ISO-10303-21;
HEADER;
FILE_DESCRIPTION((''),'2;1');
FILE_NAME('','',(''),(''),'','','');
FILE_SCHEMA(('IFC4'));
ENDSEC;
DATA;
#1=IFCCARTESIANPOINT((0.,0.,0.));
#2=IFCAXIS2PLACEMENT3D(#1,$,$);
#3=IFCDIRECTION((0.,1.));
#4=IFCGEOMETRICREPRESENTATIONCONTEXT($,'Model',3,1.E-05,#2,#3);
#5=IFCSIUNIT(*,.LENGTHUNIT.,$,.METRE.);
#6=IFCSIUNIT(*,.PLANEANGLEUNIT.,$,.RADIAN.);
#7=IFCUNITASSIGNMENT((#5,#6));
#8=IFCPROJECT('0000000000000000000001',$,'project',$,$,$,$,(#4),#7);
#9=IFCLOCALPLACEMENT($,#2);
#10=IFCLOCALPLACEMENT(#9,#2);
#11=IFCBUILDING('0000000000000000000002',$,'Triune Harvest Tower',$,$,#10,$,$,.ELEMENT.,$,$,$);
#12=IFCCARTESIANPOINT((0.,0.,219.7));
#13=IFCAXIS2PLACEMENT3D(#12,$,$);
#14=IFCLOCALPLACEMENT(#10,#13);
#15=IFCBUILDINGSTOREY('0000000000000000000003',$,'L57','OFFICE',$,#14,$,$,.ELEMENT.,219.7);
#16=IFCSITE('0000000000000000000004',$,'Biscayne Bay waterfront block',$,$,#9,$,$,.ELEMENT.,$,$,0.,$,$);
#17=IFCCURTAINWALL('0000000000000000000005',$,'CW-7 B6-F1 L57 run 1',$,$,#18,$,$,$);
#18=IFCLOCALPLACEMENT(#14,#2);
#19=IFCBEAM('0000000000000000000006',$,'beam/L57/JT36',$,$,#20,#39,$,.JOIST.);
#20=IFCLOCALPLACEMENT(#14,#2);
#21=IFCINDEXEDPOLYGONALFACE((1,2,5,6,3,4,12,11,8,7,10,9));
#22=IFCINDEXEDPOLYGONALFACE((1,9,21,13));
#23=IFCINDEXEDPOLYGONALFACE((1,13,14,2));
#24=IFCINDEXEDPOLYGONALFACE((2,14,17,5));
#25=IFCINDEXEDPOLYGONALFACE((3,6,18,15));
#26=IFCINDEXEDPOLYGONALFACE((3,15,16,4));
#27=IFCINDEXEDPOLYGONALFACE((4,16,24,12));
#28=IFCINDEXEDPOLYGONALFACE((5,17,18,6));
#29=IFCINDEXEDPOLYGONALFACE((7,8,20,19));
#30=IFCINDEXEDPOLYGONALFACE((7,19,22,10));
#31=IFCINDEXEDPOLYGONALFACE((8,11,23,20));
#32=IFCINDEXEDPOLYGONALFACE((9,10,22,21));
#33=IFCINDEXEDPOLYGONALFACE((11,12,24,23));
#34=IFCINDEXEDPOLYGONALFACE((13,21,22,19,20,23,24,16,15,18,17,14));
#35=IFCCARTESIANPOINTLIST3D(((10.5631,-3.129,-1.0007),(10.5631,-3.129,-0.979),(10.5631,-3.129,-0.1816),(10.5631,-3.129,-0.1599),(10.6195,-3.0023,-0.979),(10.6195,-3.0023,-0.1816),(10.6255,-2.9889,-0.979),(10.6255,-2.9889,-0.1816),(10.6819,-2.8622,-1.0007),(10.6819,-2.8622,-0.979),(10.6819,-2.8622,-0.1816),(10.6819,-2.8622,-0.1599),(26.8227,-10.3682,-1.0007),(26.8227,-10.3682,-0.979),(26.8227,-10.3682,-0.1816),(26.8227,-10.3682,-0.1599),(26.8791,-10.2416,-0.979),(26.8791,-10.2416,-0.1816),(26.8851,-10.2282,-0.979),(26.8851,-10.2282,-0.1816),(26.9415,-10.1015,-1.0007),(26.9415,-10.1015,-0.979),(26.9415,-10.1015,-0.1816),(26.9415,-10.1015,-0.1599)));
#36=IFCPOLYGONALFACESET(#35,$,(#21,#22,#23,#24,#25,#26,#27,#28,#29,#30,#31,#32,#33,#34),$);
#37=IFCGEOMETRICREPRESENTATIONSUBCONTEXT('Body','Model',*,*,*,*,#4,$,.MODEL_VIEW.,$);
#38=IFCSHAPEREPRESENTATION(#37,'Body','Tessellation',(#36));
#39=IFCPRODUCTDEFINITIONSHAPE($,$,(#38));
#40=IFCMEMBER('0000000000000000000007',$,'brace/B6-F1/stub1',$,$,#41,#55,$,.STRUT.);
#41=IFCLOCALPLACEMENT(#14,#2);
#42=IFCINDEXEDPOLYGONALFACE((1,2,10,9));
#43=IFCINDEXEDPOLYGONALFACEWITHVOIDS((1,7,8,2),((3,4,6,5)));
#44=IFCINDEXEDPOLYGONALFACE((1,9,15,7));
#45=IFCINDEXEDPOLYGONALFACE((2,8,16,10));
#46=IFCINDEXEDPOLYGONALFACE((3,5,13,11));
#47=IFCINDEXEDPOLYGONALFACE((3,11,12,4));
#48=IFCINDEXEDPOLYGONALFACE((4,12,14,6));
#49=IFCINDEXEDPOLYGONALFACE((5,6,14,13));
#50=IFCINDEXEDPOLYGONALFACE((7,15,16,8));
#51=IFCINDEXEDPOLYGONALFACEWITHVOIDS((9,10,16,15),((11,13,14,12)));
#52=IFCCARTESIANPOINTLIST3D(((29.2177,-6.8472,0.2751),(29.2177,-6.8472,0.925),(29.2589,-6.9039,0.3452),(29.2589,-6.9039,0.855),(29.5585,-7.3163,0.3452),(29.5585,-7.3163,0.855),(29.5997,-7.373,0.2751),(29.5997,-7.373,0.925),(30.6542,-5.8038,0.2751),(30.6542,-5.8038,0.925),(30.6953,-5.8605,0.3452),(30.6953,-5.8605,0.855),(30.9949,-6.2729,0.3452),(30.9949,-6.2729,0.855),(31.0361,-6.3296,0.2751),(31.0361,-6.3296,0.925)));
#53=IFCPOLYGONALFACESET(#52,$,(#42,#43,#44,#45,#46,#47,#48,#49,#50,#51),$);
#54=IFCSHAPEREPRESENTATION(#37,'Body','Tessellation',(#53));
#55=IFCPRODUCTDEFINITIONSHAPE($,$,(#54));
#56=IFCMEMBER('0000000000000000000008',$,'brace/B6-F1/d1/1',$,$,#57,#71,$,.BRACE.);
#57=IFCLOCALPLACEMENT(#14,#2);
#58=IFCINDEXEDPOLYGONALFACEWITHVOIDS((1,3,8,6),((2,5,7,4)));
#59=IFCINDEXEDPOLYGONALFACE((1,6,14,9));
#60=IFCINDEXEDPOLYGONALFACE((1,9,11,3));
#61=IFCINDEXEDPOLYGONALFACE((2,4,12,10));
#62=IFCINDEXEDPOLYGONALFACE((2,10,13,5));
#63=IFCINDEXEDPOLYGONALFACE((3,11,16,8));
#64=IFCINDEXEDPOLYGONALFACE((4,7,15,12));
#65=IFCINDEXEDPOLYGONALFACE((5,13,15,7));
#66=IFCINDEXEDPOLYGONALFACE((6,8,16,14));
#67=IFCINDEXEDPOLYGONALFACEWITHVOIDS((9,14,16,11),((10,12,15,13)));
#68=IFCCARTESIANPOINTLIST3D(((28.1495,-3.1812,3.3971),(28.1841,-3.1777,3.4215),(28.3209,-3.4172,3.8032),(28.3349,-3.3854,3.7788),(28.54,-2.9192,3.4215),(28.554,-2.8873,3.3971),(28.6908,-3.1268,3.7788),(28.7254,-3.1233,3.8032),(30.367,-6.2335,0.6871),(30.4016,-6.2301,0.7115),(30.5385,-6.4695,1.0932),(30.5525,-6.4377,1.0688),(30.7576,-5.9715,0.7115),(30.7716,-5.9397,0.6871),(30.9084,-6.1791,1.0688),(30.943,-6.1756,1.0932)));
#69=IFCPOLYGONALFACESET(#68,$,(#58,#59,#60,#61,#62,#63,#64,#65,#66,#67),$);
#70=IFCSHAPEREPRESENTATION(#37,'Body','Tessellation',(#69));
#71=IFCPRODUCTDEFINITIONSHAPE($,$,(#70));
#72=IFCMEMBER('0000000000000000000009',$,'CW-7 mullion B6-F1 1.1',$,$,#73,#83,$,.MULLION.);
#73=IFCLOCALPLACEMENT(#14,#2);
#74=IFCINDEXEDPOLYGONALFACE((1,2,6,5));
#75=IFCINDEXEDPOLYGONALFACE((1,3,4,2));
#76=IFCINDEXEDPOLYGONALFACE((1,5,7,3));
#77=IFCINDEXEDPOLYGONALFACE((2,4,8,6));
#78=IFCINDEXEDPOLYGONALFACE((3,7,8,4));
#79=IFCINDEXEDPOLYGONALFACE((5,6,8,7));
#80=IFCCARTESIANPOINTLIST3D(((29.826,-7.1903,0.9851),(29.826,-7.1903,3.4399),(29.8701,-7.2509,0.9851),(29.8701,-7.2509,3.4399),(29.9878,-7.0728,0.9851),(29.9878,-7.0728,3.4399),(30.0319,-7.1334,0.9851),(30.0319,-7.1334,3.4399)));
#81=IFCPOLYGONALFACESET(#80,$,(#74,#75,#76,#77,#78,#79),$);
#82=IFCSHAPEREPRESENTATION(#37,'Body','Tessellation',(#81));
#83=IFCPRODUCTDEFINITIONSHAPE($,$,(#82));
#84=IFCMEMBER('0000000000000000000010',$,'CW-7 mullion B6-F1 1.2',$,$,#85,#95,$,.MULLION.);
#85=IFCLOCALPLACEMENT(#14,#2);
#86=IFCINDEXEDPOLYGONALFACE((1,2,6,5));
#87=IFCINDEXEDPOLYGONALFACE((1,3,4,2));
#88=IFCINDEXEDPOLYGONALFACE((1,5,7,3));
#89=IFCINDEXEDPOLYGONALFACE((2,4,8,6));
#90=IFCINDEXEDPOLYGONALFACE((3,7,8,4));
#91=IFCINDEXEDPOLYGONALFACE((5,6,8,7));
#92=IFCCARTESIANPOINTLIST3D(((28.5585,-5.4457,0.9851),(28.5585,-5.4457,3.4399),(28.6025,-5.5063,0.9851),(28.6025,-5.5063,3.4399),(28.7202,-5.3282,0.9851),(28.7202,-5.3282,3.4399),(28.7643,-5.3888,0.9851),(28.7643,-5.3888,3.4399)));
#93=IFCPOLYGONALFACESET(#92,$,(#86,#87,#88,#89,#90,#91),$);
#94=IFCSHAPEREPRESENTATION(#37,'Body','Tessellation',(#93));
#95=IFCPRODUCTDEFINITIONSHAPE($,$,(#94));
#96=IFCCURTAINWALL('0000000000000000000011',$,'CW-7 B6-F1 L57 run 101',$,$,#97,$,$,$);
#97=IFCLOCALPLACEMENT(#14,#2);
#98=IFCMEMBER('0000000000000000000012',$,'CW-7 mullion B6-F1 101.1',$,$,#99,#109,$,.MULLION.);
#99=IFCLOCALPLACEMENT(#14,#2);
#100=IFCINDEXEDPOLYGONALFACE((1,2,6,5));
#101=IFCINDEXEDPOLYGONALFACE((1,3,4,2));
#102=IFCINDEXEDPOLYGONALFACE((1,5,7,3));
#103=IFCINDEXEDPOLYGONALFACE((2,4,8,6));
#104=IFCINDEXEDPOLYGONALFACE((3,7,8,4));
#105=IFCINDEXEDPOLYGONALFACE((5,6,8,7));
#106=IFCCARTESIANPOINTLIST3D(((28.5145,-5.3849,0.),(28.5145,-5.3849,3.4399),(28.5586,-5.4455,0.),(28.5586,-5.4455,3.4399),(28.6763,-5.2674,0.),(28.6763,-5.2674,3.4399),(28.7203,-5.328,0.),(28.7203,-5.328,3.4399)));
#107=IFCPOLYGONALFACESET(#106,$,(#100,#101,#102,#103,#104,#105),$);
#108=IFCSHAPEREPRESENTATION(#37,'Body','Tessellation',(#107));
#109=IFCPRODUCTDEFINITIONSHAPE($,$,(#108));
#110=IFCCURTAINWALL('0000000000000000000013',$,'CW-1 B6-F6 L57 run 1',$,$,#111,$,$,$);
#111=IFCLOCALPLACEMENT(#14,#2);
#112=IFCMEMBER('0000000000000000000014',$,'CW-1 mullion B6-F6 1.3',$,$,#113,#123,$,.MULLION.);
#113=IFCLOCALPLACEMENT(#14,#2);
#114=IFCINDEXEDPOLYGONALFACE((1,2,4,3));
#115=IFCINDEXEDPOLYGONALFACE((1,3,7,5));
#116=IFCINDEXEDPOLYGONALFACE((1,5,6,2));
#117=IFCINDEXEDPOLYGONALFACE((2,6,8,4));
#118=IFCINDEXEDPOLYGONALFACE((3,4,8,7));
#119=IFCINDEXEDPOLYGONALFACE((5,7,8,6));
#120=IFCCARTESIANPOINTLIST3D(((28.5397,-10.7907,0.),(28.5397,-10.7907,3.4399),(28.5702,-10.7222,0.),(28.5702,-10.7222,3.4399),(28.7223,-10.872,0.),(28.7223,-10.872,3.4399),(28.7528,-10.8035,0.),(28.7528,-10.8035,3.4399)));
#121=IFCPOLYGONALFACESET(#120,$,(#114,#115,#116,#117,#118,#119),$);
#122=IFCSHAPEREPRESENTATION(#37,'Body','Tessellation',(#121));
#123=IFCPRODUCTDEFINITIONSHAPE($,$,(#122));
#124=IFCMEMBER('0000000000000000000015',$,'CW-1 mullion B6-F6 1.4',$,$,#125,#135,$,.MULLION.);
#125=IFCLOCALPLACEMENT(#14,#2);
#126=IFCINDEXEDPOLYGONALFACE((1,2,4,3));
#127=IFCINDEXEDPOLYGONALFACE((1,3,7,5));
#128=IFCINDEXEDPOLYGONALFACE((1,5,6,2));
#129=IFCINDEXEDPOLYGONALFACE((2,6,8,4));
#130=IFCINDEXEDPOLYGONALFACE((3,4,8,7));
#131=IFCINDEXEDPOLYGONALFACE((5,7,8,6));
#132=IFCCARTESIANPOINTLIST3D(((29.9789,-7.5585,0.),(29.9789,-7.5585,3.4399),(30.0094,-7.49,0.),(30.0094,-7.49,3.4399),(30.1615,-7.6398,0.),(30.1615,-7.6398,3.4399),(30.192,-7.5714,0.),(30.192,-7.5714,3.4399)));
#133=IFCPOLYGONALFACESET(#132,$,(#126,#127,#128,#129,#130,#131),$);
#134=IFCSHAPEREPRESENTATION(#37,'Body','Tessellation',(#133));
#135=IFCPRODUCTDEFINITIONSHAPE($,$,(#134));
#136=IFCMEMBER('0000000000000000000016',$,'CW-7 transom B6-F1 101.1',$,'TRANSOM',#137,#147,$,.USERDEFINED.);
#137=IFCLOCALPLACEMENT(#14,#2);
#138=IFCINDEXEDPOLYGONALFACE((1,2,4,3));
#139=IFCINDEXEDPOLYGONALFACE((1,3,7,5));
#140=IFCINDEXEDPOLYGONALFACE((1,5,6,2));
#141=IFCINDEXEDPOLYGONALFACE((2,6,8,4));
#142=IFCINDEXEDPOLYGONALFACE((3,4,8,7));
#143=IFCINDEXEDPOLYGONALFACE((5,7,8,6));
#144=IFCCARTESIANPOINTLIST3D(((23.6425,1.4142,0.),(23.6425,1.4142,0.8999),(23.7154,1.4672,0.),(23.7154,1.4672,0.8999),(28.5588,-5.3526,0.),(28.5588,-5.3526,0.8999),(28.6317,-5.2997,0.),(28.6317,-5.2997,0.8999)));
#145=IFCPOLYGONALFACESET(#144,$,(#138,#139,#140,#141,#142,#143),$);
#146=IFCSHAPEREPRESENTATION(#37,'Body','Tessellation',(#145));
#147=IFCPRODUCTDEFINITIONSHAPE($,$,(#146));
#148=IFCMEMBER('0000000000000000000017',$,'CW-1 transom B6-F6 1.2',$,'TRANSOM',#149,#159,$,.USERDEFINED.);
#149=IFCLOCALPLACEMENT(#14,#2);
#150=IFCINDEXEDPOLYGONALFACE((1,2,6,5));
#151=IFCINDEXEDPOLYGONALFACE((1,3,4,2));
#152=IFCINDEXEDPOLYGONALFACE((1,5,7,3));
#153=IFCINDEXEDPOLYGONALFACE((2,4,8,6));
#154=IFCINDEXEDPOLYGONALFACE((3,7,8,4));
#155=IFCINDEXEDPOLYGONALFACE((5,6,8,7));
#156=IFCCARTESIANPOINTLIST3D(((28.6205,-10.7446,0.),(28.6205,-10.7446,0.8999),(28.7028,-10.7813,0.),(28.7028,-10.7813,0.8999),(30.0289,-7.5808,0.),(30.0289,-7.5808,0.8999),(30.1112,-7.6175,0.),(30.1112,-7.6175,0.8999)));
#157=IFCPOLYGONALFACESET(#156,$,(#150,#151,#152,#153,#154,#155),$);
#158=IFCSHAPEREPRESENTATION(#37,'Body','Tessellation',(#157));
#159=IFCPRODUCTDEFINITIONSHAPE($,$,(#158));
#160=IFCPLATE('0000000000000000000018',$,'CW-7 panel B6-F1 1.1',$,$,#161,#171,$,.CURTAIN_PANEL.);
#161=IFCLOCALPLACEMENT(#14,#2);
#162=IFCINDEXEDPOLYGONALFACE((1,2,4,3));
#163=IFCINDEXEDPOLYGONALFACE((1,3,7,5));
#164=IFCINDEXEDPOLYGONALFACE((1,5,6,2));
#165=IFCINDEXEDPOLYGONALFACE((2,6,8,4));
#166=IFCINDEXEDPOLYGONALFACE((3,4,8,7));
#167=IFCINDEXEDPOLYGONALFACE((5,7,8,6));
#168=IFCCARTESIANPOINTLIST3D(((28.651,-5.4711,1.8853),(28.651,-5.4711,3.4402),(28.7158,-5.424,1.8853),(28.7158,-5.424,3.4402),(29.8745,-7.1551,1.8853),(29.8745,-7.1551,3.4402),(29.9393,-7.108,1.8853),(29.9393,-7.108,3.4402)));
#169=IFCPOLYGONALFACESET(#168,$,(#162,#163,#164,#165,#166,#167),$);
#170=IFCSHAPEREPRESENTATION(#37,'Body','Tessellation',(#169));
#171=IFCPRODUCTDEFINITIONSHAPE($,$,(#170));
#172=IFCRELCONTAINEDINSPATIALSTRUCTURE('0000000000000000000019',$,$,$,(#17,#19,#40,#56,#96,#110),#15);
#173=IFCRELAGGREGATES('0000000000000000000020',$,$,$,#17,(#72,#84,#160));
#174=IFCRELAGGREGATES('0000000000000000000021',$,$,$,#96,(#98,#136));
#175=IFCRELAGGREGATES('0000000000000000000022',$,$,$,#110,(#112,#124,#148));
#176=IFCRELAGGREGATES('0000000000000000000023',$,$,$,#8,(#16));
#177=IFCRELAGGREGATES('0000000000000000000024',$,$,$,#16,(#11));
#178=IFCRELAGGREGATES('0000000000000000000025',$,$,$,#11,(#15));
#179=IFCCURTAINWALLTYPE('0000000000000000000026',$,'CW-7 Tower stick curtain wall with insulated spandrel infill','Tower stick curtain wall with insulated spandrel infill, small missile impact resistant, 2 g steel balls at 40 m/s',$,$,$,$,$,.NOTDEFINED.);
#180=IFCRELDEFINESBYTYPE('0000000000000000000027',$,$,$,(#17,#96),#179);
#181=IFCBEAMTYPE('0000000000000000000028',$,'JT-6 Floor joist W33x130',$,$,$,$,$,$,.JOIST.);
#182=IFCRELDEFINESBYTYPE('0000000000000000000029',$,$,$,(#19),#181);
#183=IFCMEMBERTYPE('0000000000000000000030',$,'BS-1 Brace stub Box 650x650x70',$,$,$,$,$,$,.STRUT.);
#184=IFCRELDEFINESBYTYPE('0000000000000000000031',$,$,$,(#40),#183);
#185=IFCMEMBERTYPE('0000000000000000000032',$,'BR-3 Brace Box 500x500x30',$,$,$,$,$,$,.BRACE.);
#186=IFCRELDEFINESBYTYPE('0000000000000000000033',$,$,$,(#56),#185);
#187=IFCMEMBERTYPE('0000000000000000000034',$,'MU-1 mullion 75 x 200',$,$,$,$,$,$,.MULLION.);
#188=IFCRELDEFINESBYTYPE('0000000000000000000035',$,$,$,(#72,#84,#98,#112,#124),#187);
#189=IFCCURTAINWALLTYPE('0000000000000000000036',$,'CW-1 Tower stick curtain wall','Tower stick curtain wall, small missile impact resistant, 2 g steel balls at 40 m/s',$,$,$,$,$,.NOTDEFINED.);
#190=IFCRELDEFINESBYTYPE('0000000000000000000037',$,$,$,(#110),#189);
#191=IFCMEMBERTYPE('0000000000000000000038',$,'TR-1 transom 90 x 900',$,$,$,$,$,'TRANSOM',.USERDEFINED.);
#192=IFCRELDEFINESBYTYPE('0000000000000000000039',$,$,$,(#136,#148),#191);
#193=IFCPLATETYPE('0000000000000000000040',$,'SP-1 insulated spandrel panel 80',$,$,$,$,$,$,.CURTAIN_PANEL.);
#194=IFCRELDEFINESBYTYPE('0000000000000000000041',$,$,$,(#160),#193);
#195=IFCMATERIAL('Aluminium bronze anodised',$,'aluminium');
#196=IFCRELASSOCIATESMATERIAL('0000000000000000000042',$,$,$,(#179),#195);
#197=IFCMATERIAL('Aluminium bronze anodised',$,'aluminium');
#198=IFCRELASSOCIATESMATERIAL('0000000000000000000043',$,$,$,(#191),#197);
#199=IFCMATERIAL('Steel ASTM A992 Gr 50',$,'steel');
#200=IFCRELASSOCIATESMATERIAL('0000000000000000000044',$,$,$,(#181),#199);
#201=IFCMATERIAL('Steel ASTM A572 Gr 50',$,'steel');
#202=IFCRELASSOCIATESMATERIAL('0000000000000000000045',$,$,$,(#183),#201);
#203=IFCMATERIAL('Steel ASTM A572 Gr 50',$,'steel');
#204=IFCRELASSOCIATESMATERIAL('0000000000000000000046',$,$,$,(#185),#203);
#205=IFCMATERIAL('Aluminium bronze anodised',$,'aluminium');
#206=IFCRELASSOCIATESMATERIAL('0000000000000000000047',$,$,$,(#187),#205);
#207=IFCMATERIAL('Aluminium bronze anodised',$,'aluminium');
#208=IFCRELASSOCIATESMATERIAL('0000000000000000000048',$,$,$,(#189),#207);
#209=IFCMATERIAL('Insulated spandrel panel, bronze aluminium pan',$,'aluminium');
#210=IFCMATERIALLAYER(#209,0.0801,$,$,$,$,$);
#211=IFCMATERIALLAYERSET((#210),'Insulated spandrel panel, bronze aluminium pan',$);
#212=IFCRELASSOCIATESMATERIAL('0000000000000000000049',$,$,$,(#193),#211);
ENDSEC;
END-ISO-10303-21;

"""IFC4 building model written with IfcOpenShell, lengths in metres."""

from ifc_helpers import new_model, si_unit, direction, frame, origin, origin_2d, place, context, subcontext, project, spatial, rectangle, hollow_rectangle, i_section, extrude, source, transform, mapped, material, layer, layer_set, material_profile, profile_set, type_object, element, aggregate, save


model = new_model("IFC4")

# Units and contexts
model_context = context("Model", 3, precision=1e-05, world=origin(), true_north=direction((0.0, 1.0)))
body_context = subcontext(model_context, "Body", "Model", "MODEL_VIEW")
ifc_project = project(units=[si_unit("LENGTHUNIT", "METRE"), si_unit("PLANEANGLEUNIT", "RADIAN")], contexts=[model_context])

# Site, building, storey
site_placement = place(None, origin())
site = spatial("IfcSite", under=ifc_project, at=site_placement, Name="Biscayne Bay waterfront block", CompositionType="ELEMENT", RefElevation=0.0)
building_placement = place(site_placement, origin())
building = spatial("IfcBuilding", under=site, at=building_placement, Name="Triune Harvest Tower", CompositionType="ELEMENT")
storey_placement = place(building_placement, frame((0.0, 0.0, 219.7)))
storey = spatial("IfcBuildingStorey", under=building, at=storey_placement, Name="L57", Description="OFFICE", CompositionType="ELEMENT", Elevation=219.7)

# Curtain wall
ifc_material_1 = material(Name="Aluminium bronze anodised", Category="aluminium")
curtain_wall_type_1 = type_object("IfcCurtainWallType", Name="CW-7 Tower stick curtain wall with insulated spandrel infill", Description="Tower stick curtain wall with insulated spandrel infill, small missile impact resistant, 2 g steel balls at 40 m/s", PredefinedType="NOTDEFINED", material=ifc_material_1)
curtain_wall_1_placement = place(storey_placement, origin())
curtain_wall_1 = element("IfcCurtainWall", 1, at=curtain_wall_1_placement, inside=storey, type_object=curtain_wall_type_1, Name="CW-7 B6-F1 L57 run 1")
ifc_material_2 = material(Name="Aluminium bronze anodised", Category="aluminium")
ifc_material_profile_1 = material_profile(ifc_material_2, rectangle(XDim=0.0901, YDim=0.8999, at=origin_2d()), Name="TR-1 transom 90 x 900")
ifc_profile_set_1 = profile_set([ifc_material_profile_1], Name="Aluminium bronze anodised")
member_type_1 = type_object("IfcMemberType", Name="TR-1 transom 90 x 900", ElementType="TRANSOM", PredefinedType="USERDEFINED", material=ifc_profile_set_1)

# Beam
ifc_material_3 = material(Name="Steel ASTM A992 Gr 50", Category="steel")
ifc_material_profile_2 = material_profile(ifc_material_3, i_section(OverallWidth=0.292, OverallDepth=0.8408, WebThickness=0.0146, FlangeThickness=0.0217, at=origin_2d()), Name="W33x130")
ifc_profile_set_2 = profile_set([ifc_material_profile_2], Name="Steel ASTM A992 Gr 50")
beam_type_1 = type_object("IfcBeamType", Name="JT-6 Floor joist W33x130", PredefinedType="JOIST", material=ifc_profile_set_2)
shared_shape_1 = source(origin(), body_context, "Body", "SweptSolid", [
    extrude(i_section(OverallWidth=0.292, OverallDepth=0.8408, WebThickness=0.0146, FlangeThickness=0.0217, at=origin_2d()), origin(), (0.0, 0.0, 1.0), 17.7983),
])
beam_1_placement = place(storey_placement, frame((26.8821, -10.2349, -0.5803), z_axis=(-0.913544, 0.406739, 0.0), x_axis=(-0.406739, -0.913544, 0.0)))
element("IfcBeam", 2, at=beam_1_placement, inside=storey, type_object=beam_type_1, Name="beam/L57/JT36", PredefinedType="JOIST", context=body_context, shape_type="MappedRepresentation", body=[
    mapped(shared_shape_1, transform((0.0, 0.0, 0.0), scale=1.0)),
])

# Members
ifc_material_4 = material(Name="Steel ASTM A572 Gr 50", Category="steel")
ifc_material_profile_3 = material_profile(ifc_material_4, hollow_rectangle(XDim=0.6499, YDim=0.6499, WallThickness=0.0701, at=origin_2d()), Name="Box 650x650x70")
ifc_profile_set_3 = profile_set([ifc_material_profile_3], Name="Steel ASTM A572 Gr 50")
member_type_2 = type_object("IfcMemberType", Name="BS-1 Brace stub Box 650x650x70", PredefinedType="STRUT", material=ifc_profile_set_3)
shared_shape_2 = source(origin(), body_context, "Body", "SweptSolid", [
    extrude(hollow_rectangle(XDim=0.6499, YDim=0.6499, WallThickness=0.0701, at=origin_2d()), origin(), (0.0, 0.0, 1.0), 1.7754),
])
member_1_placement = place(storey_placement, frame((29.4087, -7.1101, 0.6001), z_axis=(0.809081, 0.587697, 0.0), x_axis=(-0.587697, 0.809081, 0.0)))
element("IfcMember", 3, at=member_1_placement, inside=storey, type_object=member_type_2, Name="brace/B6-F1/stub1", PredefinedType="STRUT", context=body_context, shape_type="MappedRepresentation", body=[
    mapped(shared_shape_2, transform((0.0, 0.0, 0.0), scale=1.0)),
])
ifc_material_5 = material(Name="Steel ASTM A572 Gr 50", Category="steel")
ifc_material_profile_4 = material_profile(ifc_material_5, hollow_rectangle(XDim=0.5, YDim=0.5, WallThickness=0.03, at=origin_2d()), Name="Box 500x500x30")
ifc_profile_set_4 = profile_set([ifc_material_profile_4], Name="Steel ASTM A572 Gr 50")
member_type_3 = type_object("IfcMemberType", Name="BR-3 Brace Box 500x500x30", PredefinedType="BRACE", material=ifc_profile_set_4)
shared_shape_3 = source(origin(), body_context, "Body", "SweptSolid", [
    extrude(hollow_rectangle(XDim=0.5, YDim=0.5, WallThickness=0.03, at=origin_2d()), origin(), (0.0, 0.0, 1.0), 4.6453),
])
member_2_placement = place(storey_placement, frame((30.655, -6.2046, 0.8901), z_axis=(-0.477385, 0.657081, 0.583394), x_axis=(-0.809024, -0.587775, 0.0)))
element("IfcMember", 4, at=member_2_placement, inside=storey, type_object=member_type_3, Name="brace/B6-F1/d1/1", PredefinedType="BRACE", context=body_context, shape_type="MappedRepresentation", body=[
    mapped(shared_shape_3, transform((0.0, 0.0, 0.0), scale=1.0)),
])

# Members
ifc_material_6 = material(Name="Aluminium bronze anodised", Category="aluminium")
ifc_material_profile_5 = material_profile(ifc_material_6, rectangle(XDim=0.2, YDim=0.075, at=origin_2d()), Name="MU-1 mullion 75 x 200")
ifc_profile_set_5 = profile_set([ifc_material_profile_5], Name="Aluminium bronze anodised")
member_type_4 = type_object("IfcMemberType", Name="MU-1 mullion 75 x 200", PredefinedType="MULLION", material=ifc_profile_set_5)
shared_shape_4 = source(origin(), body_context, "Body", "SweptSolid", [
    extrude(rectangle(XDim=0.2, YDim=0.075, at=origin_2d()), origin(), (0.0, 0.0, 1.0), 2.4548),
])
member_3_placement = place(storey_placement, frame((29.929, -7.1619, 0.9851), z_axis=(0.0, 0.0, 1.0), x_axis=(-0.809001, -0.587807, 0.0)))
member_3 = element("IfcMember", 5, at=member_3_placement, type_object=member_type_4, Name="CW-7 mullion B6-F1 1.1", PredefinedType="MULLION", context=body_context, shape_type="MappedRepresentation", body=[
    mapped(shared_shape_4, transform((0.0, 0.0, 0.0), scale=1.0)),
])
member_4_placement = place(storey_placement, frame((28.6614, -5.4172, 0.9851), z_axis=(0.0, 0.0, 1.0), x_axis=(-0.809001, -0.587807, 0.0)))
member_4 = element("IfcMember", 6, at=member_4_placement, type_object=member_type_4, Name="CW-7 mullion B6-F1 1.2", PredefinedType="MULLION", context=body_context, shape_type="MappedRepresentation", body=[
    mapped(shared_shape_4, transform((0.0, 0.0, 0.0), scale=1.0)),
])

# Curtain wall, member
curtain_wall_2_placement = place(storey_placement, origin())
curtain_wall_2 = element("IfcCurtainWall", 7, at=curtain_wall_2_placement, inside=storey, type_object=curtain_wall_type_1, Name="CW-7 B6-F1 L57 run 101")
shared_shape_5 = source(origin(), body_context, "Body", "SweptSolid", [
    extrude(rectangle(XDim=0.2, YDim=0.075, at=origin_2d()), origin(), (0.0, 0.0, 1.0), 3.4399),
])
member_5_placement = place(storey_placement, frame((28.6174, -5.3564, 0.0), z_axis=(0.0, 0.0, 1.0), x_axis=(-0.809014, -0.587789, 0.0)))
member_5 = element("IfcMember", 8, at=member_5_placement, type_object=member_type_4, Name="CW-7 mullion B6-F1 101.1", PredefinedType="MULLION", context=body_context, shape_type="MappedRepresentation", body=[
    mapped(shared_shape_5, transform((0.0, 0.0, 0.0), scale=1.0)),
])

# Curtain wall, members
ifc_material_7 = material(Name="Aluminium bronze anodised", Category="aluminium")
curtain_wall_type_2 = type_object("IfcCurtainWallType", Name="CW-1 Tower stick curtain wall", Description="Tower stick curtain wall, small missile impact resistant, 2 g steel balls at 40 m/s", PredefinedType="NOTDEFINED", material=ifc_material_7)
curtain_wall_3_placement = place(storey_placement, origin())
curtain_wall_3 = element("IfcCurtainWall", 9, at=curtain_wall_3_placement, inside=storey, type_object=curtain_wall_type_2, Name="CW-1 B6-F6 L57 run 1")
member_6_placement = place(storey_placement, frame((28.6462, -10.7971, 0.0), z_axis=(0.0, 0.0, 1.0), x_axis=(-0.913543, 0.406743, 0.0)))
member_6 = element("IfcMember", 10, at=member_6_placement, type_object=member_type_4, Name="CW-1 mullion B6-F6 1.3", PredefinedType="MULLION", context=body_context, shape_type="MappedRepresentation", body=[
    mapped(shared_shape_5, transform((0.0, 0.0, 0.0), scale=1.0)),
])
member_7_placement = place(storey_placement, frame((30.0854, -7.5649, 0.0), z_axis=(0.0, 0.0, 1.0), x_axis=(-0.913543, 0.406743, 0.0)))
member_7 = element("IfcMember", 11, at=member_7_placement, type_object=member_type_4, Name="CW-1 mullion B6-F6 1.4", PredefinedType="MULLION", context=body_context, shape_type="MappedRepresentation", body=[
    mapped(shared_shape_5, transform((0.0, 0.0, 0.0), scale=1.0)),
])

# Members
shared_shape_6 = source(origin(), body_context, "Body", "SweptSolid", [
    extrude(rectangle(XDim=0.0901, YDim=0.8999, at=origin_2d()), origin(), (0.0, 0.0, 1.0), 8.3643),
])
member_8_placement = place(storey_placement, frame((28.5952, -5.3262, 0.45), z_axis=(-0.587774, 0.809025, 0.0), x_axis=(-0.809025, -0.587774, 0.0)))
member_8 = element("IfcMember", 12, at=member_8_placement, type_object=member_type_1, Name="CW-7 transom B6-F1 101.1", ObjectType="TRANSOM", PredefinedType="USERDEFINED", context=body_context, shape_type="MappedRepresentation", body=[
    mapped(shared_shape_6, transform((0.0, 0.0, 0.0), scale=1.0)),
])
shared_shape_7 = source(origin(), body_context, "Body", "SweptSolid", [
    extrude(rectangle(XDim=0.0901, YDim=0.8999, at=origin_2d()), origin(), (0.0, 0.0, 1.0), 3.4631),
])
member_9_placement = place(storey_placement, frame((28.6616, -10.7629, 0.45), z_axis=(0.406694, 0.913564, 0.0), x_axis=(-0.913564, 0.406694, 0.0)))
member_9 = element("IfcMember", 13, at=member_9_placement, type_object=member_type_1, Name="CW-1 transom B6-F6 1.2", ObjectType="TRANSOM", PredefinedType="USERDEFINED", context=body_context, shape_type="MappedRepresentation", body=[
    mapped(shared_shape_7, transform((0.0, 0.0, 0.0), scale=1.0)),
])

# Plate
ifc_material_8 = material(Name="Insulated spandrel panel, bronze aluminium pan", Category="aluminium")
ifc_layer_1 = layer(ifc_material_8, 0.0801)
ifc_layer_set_1 = layer_set([ifc_layer_1], Name="Insulated spandrel panel, bronze aluminium pan")
plate_type_1 = type_object("IfcPlateType", Name="SP-1 insulated spandrel panel 80", PredefinedType="CURTAIN_PANEL", material=ifc_layer_set_1)
shared_shape_8 = source(origin(), body_context, "Body", "SweptSolid", [
    extrude(rectangle(XDim=2.0815, YDim=0.0801, at=origin_2d()), origin(), (0.0, 0.0, 1.0), 1.5549),
])
plate_1_placement = place(storey_placement, frame((29.2952, -6.2896, 1.8853), z_axis=(0.0, 0.0, 1.0), x_axis=(-0.587807, 0.809001, 0.0)))
plate_1 = element("IfcPlate", 14, at=plate_1_placement, type_object=plate_type_1, Name="CW-7 panel B6-F1 1.1", PredefinedType="CURTAIN_PANEL", context=body_context, shape_type="MappedRepresentation", body=[
    mapped(shared_shape_8, transform((0.0, 0.0, 0.0), scale=1.0)),
])
aggregate(curtain_wall_1, [member_3, member_4, plate_1])
aggregate(curtain_wall_2, [member_5, member_8])
aggregate(curtain_wall_3, [member_6, member_7, member_9])

save(model, "model.ifc")
